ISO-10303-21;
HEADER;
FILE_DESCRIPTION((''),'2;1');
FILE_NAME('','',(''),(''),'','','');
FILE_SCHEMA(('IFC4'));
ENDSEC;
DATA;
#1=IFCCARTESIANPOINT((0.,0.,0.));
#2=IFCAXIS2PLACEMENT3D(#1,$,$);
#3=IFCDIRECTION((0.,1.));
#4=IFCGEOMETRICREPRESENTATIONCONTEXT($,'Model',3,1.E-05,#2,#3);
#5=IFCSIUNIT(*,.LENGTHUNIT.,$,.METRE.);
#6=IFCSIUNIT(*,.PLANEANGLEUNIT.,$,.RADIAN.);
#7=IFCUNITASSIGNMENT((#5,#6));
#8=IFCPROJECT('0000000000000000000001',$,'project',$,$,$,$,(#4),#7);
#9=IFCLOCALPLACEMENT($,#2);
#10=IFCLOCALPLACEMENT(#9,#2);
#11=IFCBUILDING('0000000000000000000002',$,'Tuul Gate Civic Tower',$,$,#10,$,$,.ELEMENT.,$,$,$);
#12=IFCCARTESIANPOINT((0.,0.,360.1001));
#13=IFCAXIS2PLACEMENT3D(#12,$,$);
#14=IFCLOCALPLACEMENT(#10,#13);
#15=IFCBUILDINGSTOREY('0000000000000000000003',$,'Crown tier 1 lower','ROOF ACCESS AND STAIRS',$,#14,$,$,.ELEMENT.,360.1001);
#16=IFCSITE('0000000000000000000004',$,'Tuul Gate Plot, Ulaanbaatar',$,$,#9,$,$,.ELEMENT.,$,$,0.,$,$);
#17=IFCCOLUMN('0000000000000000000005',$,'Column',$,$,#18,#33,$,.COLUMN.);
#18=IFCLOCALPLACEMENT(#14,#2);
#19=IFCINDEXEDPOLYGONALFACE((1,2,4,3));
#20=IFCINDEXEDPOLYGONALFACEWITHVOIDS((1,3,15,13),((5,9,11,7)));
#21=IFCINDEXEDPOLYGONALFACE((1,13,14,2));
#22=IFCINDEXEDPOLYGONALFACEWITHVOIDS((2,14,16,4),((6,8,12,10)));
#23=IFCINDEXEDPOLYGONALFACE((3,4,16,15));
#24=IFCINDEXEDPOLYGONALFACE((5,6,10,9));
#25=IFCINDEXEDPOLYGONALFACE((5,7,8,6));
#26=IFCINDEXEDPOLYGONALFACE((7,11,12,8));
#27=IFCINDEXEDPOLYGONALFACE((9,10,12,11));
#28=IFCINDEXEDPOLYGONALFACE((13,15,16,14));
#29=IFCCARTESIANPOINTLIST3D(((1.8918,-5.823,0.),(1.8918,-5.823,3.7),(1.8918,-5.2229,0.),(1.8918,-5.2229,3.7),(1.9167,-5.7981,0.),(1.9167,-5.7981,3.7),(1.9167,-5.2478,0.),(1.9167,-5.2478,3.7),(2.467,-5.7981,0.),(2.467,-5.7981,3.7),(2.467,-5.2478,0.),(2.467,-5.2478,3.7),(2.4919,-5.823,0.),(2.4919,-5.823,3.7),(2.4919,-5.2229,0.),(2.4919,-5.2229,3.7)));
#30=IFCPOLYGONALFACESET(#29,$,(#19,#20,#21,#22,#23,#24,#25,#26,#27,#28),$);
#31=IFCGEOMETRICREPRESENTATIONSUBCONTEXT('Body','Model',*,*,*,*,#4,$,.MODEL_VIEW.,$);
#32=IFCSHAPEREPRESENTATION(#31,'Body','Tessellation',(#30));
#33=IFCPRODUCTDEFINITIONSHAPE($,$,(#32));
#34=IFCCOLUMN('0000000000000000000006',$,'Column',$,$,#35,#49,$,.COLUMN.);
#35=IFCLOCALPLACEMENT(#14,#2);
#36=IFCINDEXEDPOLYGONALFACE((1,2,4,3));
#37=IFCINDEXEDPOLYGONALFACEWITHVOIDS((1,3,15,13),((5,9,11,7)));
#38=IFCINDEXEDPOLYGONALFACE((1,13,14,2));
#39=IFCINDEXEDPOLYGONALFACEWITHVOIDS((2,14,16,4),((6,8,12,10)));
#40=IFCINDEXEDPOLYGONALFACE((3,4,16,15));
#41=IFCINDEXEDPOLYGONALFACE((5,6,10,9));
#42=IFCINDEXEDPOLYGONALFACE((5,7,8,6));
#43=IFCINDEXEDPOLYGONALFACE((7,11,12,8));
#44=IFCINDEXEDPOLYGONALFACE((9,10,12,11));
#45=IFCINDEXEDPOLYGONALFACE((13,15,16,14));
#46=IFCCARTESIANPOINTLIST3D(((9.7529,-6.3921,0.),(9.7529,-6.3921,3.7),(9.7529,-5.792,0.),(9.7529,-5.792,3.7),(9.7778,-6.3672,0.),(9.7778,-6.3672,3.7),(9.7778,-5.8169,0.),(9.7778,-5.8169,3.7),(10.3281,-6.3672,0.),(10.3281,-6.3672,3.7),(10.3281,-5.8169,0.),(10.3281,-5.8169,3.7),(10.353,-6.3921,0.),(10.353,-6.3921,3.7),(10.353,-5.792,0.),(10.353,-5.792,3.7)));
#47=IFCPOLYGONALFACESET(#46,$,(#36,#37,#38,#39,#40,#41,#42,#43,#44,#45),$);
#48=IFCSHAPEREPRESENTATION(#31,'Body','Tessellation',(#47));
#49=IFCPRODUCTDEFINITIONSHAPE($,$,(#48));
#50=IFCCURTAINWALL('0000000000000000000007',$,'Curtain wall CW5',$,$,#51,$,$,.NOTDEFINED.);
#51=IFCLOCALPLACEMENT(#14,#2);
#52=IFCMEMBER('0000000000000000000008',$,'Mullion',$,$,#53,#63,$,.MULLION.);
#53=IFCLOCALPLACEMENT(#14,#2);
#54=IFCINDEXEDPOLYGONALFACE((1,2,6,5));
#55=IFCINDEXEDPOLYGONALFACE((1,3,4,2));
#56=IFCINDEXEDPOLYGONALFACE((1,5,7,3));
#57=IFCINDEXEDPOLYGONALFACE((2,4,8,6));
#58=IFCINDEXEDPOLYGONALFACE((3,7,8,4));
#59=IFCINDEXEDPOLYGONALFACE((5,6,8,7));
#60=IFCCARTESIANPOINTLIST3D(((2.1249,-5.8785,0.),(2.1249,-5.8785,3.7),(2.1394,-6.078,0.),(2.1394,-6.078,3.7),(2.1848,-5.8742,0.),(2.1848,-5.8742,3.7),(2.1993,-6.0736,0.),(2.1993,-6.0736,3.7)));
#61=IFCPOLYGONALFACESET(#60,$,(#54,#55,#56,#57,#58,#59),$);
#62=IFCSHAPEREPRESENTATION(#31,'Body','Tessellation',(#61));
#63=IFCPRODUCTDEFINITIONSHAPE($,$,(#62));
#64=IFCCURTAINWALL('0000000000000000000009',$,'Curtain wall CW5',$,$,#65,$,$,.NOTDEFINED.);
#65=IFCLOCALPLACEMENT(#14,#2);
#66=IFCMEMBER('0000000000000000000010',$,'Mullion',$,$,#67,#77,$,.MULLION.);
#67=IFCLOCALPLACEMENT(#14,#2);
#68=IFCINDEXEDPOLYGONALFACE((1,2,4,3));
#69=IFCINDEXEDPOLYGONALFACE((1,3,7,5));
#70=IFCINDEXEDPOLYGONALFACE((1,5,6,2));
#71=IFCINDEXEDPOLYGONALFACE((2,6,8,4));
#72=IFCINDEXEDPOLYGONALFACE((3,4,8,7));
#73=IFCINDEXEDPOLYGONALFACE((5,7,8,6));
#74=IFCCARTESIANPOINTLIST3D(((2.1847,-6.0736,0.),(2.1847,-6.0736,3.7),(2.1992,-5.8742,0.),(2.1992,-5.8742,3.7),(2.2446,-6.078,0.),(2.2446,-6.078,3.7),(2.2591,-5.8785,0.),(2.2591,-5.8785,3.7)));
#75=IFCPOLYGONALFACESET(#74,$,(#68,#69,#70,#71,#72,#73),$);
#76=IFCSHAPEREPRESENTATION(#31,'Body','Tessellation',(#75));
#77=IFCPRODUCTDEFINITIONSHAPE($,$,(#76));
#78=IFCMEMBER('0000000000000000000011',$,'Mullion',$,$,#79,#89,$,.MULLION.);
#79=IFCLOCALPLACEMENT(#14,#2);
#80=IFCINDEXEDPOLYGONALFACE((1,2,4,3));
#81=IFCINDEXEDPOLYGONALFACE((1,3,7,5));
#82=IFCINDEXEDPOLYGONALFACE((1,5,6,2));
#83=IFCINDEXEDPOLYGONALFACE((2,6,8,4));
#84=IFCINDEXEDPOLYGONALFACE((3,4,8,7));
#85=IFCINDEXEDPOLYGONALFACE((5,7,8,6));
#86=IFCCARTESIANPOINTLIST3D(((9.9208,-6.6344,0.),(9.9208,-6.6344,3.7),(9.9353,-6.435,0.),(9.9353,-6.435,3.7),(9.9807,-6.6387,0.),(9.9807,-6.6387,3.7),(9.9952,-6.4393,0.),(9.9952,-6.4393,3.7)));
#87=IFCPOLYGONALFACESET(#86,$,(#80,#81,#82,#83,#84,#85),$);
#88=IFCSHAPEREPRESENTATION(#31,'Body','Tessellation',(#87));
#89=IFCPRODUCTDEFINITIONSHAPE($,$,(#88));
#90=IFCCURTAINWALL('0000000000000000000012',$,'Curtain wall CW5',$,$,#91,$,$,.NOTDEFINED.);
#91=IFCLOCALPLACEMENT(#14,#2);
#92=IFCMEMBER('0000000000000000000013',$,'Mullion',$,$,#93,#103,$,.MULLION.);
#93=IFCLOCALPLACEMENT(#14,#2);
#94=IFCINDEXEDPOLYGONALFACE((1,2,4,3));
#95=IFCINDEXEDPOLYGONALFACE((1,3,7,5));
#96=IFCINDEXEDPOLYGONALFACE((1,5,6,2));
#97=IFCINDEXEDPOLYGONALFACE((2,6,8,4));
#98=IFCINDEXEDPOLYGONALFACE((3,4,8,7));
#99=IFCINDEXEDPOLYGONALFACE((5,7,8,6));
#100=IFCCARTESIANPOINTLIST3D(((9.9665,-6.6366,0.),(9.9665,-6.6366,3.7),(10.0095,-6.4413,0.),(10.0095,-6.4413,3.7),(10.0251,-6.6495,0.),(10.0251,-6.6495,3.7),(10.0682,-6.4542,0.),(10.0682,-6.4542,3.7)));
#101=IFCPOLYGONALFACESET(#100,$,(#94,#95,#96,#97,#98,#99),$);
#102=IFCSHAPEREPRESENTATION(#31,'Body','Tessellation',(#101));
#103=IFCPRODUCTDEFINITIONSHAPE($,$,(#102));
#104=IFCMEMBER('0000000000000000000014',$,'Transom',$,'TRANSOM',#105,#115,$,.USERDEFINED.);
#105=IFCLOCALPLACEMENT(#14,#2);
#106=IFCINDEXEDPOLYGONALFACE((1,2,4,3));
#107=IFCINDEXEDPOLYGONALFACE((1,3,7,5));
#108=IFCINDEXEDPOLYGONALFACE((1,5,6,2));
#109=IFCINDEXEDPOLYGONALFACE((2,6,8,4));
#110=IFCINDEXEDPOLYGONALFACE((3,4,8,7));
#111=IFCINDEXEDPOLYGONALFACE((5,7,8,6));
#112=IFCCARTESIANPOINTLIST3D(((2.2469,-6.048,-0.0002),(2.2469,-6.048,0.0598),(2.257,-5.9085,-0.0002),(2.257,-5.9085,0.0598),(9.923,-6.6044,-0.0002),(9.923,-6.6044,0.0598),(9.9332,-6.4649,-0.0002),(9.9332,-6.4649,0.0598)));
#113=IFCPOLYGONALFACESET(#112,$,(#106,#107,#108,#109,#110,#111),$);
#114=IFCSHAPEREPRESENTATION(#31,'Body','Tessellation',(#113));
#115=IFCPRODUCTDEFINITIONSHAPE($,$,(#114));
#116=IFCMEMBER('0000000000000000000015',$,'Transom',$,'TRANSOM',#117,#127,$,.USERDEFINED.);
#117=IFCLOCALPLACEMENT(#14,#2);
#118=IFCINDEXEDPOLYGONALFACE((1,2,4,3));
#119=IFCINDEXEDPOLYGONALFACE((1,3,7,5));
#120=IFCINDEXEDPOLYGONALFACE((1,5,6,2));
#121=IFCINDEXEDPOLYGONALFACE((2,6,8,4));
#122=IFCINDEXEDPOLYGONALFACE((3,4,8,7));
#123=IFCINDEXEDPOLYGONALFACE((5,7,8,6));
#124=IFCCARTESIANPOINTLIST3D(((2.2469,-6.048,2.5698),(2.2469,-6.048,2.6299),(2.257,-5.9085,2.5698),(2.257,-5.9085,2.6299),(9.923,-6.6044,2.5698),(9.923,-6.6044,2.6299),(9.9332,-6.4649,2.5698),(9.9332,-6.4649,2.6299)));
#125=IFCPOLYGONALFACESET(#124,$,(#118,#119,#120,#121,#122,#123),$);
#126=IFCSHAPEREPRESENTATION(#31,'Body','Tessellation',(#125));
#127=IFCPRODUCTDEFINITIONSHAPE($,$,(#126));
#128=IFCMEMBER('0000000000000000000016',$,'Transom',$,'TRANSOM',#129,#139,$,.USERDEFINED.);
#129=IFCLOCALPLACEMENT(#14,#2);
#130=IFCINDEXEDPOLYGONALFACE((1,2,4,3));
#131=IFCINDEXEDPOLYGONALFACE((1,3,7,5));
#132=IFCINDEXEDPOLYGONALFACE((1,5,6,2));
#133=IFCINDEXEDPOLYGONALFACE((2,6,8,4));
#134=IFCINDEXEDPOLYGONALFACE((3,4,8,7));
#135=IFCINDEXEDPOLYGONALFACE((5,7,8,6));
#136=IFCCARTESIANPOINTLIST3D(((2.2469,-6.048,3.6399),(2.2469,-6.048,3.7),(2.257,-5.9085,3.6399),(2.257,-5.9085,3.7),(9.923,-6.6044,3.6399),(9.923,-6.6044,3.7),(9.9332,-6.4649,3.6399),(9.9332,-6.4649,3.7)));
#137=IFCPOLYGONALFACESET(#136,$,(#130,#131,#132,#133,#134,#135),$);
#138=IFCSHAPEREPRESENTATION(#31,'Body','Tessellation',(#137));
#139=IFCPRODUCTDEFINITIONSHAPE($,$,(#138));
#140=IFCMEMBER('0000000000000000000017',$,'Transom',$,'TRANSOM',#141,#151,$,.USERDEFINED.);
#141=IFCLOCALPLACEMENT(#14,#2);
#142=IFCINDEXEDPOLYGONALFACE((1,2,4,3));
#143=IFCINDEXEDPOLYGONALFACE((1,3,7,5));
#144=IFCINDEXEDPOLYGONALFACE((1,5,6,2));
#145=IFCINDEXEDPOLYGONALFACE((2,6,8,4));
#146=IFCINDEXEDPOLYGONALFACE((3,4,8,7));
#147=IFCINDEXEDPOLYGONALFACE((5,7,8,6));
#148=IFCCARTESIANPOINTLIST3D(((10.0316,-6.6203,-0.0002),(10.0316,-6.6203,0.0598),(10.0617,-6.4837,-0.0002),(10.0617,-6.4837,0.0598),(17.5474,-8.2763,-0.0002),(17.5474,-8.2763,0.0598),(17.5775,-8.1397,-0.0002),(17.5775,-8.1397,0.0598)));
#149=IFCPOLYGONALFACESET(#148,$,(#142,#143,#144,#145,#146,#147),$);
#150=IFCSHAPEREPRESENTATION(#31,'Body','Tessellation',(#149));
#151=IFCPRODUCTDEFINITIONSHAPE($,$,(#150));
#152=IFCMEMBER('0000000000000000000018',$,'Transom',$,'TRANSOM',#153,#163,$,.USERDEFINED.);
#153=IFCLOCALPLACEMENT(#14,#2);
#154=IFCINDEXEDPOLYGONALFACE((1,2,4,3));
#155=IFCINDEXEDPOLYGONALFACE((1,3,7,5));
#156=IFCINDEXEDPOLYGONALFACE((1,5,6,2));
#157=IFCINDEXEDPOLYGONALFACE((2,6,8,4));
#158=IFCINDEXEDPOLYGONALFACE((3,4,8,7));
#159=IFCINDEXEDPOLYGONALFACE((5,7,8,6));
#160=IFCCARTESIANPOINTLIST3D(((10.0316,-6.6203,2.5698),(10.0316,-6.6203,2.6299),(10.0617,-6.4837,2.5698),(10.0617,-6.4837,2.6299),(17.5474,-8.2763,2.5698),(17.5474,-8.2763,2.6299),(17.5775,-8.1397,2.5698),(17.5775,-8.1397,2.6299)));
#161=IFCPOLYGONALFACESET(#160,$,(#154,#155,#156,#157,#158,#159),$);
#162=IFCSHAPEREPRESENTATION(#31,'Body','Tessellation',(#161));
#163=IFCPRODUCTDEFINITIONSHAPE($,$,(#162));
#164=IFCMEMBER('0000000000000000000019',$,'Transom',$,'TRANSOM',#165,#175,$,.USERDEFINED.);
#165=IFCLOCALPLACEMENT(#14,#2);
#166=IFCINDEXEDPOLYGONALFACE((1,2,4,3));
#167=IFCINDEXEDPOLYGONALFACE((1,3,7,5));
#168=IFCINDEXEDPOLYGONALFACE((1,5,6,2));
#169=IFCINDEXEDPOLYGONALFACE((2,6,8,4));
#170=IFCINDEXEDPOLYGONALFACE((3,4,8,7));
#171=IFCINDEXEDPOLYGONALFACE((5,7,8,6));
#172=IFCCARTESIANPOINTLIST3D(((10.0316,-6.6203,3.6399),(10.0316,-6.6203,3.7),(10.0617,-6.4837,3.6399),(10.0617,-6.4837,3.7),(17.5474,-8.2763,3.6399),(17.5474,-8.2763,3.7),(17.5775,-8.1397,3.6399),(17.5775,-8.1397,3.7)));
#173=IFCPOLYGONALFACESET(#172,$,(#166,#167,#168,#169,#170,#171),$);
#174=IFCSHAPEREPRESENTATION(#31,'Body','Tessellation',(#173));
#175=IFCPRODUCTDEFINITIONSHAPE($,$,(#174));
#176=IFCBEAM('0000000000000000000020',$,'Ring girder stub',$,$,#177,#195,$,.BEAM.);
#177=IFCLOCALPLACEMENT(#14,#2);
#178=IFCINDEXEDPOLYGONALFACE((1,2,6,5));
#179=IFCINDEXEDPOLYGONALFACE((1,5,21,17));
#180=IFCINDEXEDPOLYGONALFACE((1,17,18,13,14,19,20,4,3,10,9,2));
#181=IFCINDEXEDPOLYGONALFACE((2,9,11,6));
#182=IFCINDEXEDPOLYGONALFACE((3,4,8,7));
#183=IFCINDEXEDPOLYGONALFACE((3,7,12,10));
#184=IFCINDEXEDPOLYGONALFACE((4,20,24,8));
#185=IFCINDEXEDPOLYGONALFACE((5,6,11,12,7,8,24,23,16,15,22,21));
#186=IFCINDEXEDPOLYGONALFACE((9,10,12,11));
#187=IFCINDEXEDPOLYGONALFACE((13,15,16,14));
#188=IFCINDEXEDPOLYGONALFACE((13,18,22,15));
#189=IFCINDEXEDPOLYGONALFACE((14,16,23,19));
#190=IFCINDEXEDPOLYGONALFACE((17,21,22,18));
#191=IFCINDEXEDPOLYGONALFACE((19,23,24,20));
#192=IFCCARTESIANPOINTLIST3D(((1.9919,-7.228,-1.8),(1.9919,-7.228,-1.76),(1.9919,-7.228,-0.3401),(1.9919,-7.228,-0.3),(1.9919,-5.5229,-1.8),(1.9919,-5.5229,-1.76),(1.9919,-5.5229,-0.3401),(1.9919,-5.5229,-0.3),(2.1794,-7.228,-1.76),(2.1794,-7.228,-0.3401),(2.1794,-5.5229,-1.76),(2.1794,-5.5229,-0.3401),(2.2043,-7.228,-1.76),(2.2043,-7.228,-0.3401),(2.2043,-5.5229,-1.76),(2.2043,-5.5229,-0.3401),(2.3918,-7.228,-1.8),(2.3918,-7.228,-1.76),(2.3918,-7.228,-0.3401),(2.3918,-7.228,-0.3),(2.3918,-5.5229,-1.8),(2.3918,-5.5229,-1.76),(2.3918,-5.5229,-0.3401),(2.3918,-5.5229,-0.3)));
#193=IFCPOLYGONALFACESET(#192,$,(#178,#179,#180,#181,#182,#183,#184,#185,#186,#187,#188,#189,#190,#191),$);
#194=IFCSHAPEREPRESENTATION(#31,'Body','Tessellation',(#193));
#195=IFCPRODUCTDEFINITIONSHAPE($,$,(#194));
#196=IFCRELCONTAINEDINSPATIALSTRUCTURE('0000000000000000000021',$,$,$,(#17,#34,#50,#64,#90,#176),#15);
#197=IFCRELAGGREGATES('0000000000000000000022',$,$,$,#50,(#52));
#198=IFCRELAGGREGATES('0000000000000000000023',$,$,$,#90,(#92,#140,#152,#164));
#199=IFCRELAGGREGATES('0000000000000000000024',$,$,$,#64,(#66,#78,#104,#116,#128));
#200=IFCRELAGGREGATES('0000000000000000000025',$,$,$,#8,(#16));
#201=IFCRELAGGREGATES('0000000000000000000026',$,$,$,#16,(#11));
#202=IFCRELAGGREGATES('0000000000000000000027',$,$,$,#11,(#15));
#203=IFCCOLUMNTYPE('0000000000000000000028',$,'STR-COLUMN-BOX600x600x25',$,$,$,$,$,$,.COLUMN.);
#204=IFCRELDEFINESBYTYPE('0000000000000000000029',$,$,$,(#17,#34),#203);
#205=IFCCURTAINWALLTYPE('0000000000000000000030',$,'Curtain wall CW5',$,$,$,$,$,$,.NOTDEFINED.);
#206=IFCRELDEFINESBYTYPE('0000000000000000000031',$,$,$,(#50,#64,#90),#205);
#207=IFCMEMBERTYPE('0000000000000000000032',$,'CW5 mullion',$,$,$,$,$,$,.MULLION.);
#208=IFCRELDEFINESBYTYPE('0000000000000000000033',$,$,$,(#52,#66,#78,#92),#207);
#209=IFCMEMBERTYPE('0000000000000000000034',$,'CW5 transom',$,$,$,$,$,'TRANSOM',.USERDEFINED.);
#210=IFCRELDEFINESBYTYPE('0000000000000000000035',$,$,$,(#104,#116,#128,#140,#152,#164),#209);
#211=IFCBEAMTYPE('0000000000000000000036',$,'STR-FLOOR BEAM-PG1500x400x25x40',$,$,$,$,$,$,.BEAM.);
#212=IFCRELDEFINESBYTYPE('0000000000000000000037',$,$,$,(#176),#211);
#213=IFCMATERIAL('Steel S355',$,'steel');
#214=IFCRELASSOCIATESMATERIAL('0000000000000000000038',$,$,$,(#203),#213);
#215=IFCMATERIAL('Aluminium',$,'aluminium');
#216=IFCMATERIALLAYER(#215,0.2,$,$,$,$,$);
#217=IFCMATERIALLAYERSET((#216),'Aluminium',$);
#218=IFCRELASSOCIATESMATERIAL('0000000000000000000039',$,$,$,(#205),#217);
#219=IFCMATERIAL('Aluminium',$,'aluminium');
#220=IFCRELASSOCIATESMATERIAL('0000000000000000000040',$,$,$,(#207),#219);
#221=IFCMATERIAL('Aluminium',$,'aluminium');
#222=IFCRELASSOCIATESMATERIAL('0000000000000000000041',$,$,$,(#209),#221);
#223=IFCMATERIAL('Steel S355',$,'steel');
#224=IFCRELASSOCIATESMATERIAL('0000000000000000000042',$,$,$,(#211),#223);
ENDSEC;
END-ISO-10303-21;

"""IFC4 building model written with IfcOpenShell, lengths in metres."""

from ifc_helpers import new_model, si_unit, direction, frame, origin, origin_2d, place, context, subcontext, project, spatial, rectangle, hollow_rectangle, i_section, extrude, material, layer, layer_set, material_profile, profile_set, type_object, element, aggregate, save


model = new_model("IFC4")

# Units and contexts
model_context = context("Model", 3, precision=1e-05, world=origin(), true_north=direction((0.0, 1.0)))
body_context = subcontext(model_context, "Body", "Model", "MODEL_VIEW")
ifc_project = project(units=[si_unit("LENGTHUNIT", "METRE"), si_unit("PLANEANGLEUNIT", "RADIAN")], contexts=[model_context])

# Site, building, storey
site_placement = place(None, origin())
site = spatial("IfcSite", under=ifc_project, at=site_placement, Name="Tuul Gate Plot, Ulaanbaatar", CompositionType="ELEMENT", RefElevation=0.0)
building_placement = place(site_placement, origin())
building = spatial("IfcBuilding", under=site, at=building_placement, Name="Tuul Gate Civic Tower", CompositionType="ELEMENT")
storey_placement = place(building_placement, frame((0.0, 0.0, 360.1001)))
storey = spatial("IfcBuildingStorey", under=building, at=storey_placement, Name="Crown tier 1 lower", Description="ROOF ACCESS AND STAIRS", CompositionType="ELEMENT", Elevation=360.1001)

# Columns
ifc_material_1 = material(Name="Steel S355", Category="steel")
ifc_material_profile_1 = material_profile(ifc_material_1, hollow_rectangle(XDim=0.6001, YDim=0.6001, WallThickness=0.0249, at=origin_2d()), Name="BOX600x600x25")
ifc_profile_set_1 = profile_set([ifc_material_profile_1], Name="Steel S355")
column_type = type_object("IfcColumnType", Name="STR-COLUMN-BOX600x600x25", PredefinedType="COLUMN", material=ifc_profile_set_1)
for number, where, z_axis, x_axis, name in (
    (1, (2.1919, -5.5229, 0.0), (0.0, 0.0, 1.0), (1.0, 0.0, 0.0), "Column"),
    (2, (10.053, -6.092, 0.0), (0.0, 0.0, 1.0), (1.0, 0.0, 0.0), "Column"),
):
    element("IfcColumn", number, at=place(storey_placement, frame(where, z_axis=z_axis, x_axis=x_axis)), inside=storey, type_object=column_type, Name=name, PredefinedType="COLUMN", context=body_context, shape_type="SweptSolid", body=[
        extrude(hollow_rectangle(XDim=0.6001, YDim=0.6001, WallThickness=0.0249, at=origin_2d()), origin(), (0.0, 0.0, 1.0), 3.7),
    ])

# Curtain wall, member
ifc_material_2 = material(Name="Aluminium", Category="aluminium")
ifc_layer_1 = layer(ifc_material_2, 0.2)
ifc_layer_set_1 = layer_set([ifc_layer_1], Name="Aluminium")
curtain_wall_type = type_object("IfcCurtainWallType", Name="Curtain wall CW5", PredefinedType="NOTDEFINED", material=ifc_layer_set_1)
curtain_wall_1_placement = place(storey_placement, origin())
curtain_wall_1 = element("IfcCurtainWall", 3, at=curtain_wall_1_placement, inside=storey, type_object=curtain_wall_type, Name="Curtain wall CW5", PredefinedType="NOTDEFINED")
ifc_material_3 = material(Name="Aluminium", Category="aluminium")
ifc_material_profile_2 = material_profile(ifc_material_3, rectangle(XDim=0.2, YDim=0.0601, at=origin_2d()), Name="CW5 mullion")
ifc_profile_set_2 = profile_set([ifc_material_profile_2], Name="Aluminium")
member_type_1 = type_object("IfcMemberType", Name="CW5 mullion", PredefinedType="MULLION", material=ifc_profile_set_2)
member_1_placement = place(storey_placement, frame((2.1621, -5.9761, 0.0), z_axis=(0.0, 0.0, 1.0), x_axis=(-0.072283, 0.997384, 0.0)))
member_1 = element("IfcMember", 4, at=member_1_placement, type_object=member_type_1, Name="Mullion", PredefinedType="MULLION", context=body_context, shape_type="SweptSolid", body=[
    extrude(rectangle(XDim=0.2, YDim=0.0601, at=origin_2d()), origin(), (0.0, 0.0, 1.0), 3.7),
])
aggregate(curtain_wall_1, [member_1])

# Curtain wall, members
curtain_wall_2_placement = place(storey_placement, origin())
curtain_wall_2 = element("IfcCurtainWall", 5, at=curtain_wall_2_placement, inside=storey, type_object=curtain_wall_type, Name="Curtain wall CW5", PredefinedType="NOTDEFINED")
member_2_placement = place(storey_placement, frame((2.2219, -5.9761, 0.0), z_axis=(0.0, 0.0, 1.0), x_axis=(0.072283, 0.997384, 0.0)))
member_2 = element("IfcMember", 6, at=member_2_placement, type_object=member_type_1, Name="Mullion", PredefinedType="MULLION", context=body_context, shape_type="SweptSolid", body=[
    extrude(rectangle(XDim=0.2, YDim=0.0601, at=origin_2d()), origin(), (0.0, 0.0, 1.0), 3.7),
])
member_3_placement = place(storey_placement, frame((9.958, -6.5369, 0.0), z_axis=(0.0, 0.0, 1.0), x_axis=(0.072283, 0.997384, 0.0)))
member_3 = element("IfcMember", 7, at=member_3_placement, type_object=member_type_1, Name="Mullion", PredefinedType="MULLION", context=body_context, shape_type="SweptSolid", body=[
    extrude(rectangle(XDim=0.2, YDim=0.0601, at=origin_2d()), origin(), (0.0, 0.0, 1.0), 3.7),
])

# Curtain wall, member
curtain_wall_3_placement = place(storey_placement, origin())
curtain_wall_3 = element("IfcCurtainWall", 8, at=curtain_wall_3_placement, inside=storey, type_object=curtain_wall_type, Name="Curtain wall CW5", PredefinedType="NOTDEFINED")
member_4_placement = place(storey_placement, frame((10.0173, -6.5454, 0.0), z_axis=(0.0, 0.0, 1.0), x_axis=(0.215196, 0.976571, 0.0)))
member_4 = element("IfcMember", 9, at=member_4_placement, type_object=member_type_1, Name="Mullion", PredefinedType="MULLION", context=body_context, shape_type="SweptSolid", body=[
    extrude(rectangle(XDim=0.2, YDim=0.0601, at=origin_2d()), origin(), (0.0, 0.0, 1.0), 3.7),
])

# Members
ifc_material_4 = material(Name="Aluminium", Category="aluminium")
ifc_material_profile_3 = material_profile(ifc_material_4, rectangle(XDim=0.1399, YDim=0.0601, at=origin_2d()), Name="CW5 transom")
ifc_profile_set_3 = profile_set([ifc_material_profile_3], Name="Aluminium")
member_type_2 = type_object("IfcMemberType", Name="CW5 transom", ElementType="TRANSOM", PredefinedType="USERDEFINED", material=ifc_profile_set_3)
member_5_placement = place(storey_placement, frame((2.252, -5.9783, 0.0298), z_axis=(0.997383, -0.072293, 0.0), x_axis=(0.072293, 0.997383, 0.0)))
member_5 = element("IfcMember", 10, at=member_5_placement, type_object=member_type_2, Name="Transom", ObjectType="TRANSOM", PredefinedType="USERDEFINED", context=body_context, shape_type="SweptSolid", body=[
    extrude(rectangle(XDim=0.1399, YDim=0.0601, at=origin_2d()), origin(), (0.0, 0.0, 1.0), 7.6963),
])
member_6_placement = place(storey_placement, frame((2.252, -5.9783, 2.5999), z_axis=(0.997383, -0.072293, 0.0), x_axis=(0.072293, 0.997383, 0.0)))
member_6 = element("IfcMember", 11, at=member_6_placement, type_object=member_type_2, Name="Transom", ObjectType="TRANSOM", PredefinedType="USERDEFINED", context=body_context, shape_type="SweptSolid", body=[
    extrude(rectangle(XDim=0.1399, YDim=0.0601, at=origin_2d()), origin(), (0.0, 0.0, 1.0), 7.6963),
])
member_7_placement = place(storey_placement, frame((2.252, -5.9783, 3.6699), z_axis=(0.997383, -0.072293, 0.0), x_axis=(0.072293, 0.997383, 0.0)))
member_7 = element("IfcMember", 12, at=member_7_placement, type_object=member_type_2, Name="Transom", ObjectType="TRANSOM", PredefinedType="USERDEFINED", context=body_context, shape_type="SweptSolid", body=[
    extrude(rectangle(XDim=0.1399, YDim=0.0601, at=origin_2d()), origin(), (0.0, 0.0, 1.0), 7.6963),
])
member_8_placement = place(storey_placement, frame((10.0466, -6.552, 0.0298), z_axis=(0.976576, -0.215173, 0.0), x_axis=(0.215173, 0.976576, 0.0)))
member_8 = element("IfcMember", 13, at=member_8_placement, type_object=member_type_2, Name="Transom", ObjectType="TRANSOM", PredefinedType="USERDEFINED", context=body_context, shape_type="SweptSolid", body=[
    extrude(rectangle(XDim=0.1399, YDim=0.0601, at=origin_2d()), origin(), (0.0, 0.0, 1.0), 7.696),
])
member_9_placement = place(storey_placement, frame((10.0466, -6.552, 2.5999), z_axis=(0.976576, -0.215173, 0.0), x_axis=(0.215173, 0.976576, 0.0)))
member_9 = element("IfcMember", 14, at=member_9_placement, type_object=member_type_2, Name="Transom", ObjectType="TRANSOM", PredefinedType="USERDEFINED", context=body_context, shape_type="SweptSolid", body=[
    extrude(rectangle(XDim=0.1399, YDim=0.0601, at=origin_2d()), origin(), (0.0, 0.0, 1.0), 7.696),
])
member_10_placement = place(storey_placement, frame((10.0466, -6.552, 3.6699), z_axis=(0.976576, -0.215173, 0.0), x_axis=(0.215173, 0.976576, 0.0)))
member_10 = element("IfcMember", 15, at=member_10_placement, type_object=member_type_2, Name="Transom", ObjectType="TRANSOM", PredefinedType="USERDEFINED", context=body_context, shape_type="SweptSolid", body=[
    extrude(rectangle(XDim=0.1399, YDim=0.0601, at=origin_2d()), origin(), (0.0, 0.0, 1.0), 7.696),
])
aggregate(curtain_wall_3, [member_4, member_8, member_9, member_10])

# Beam
ifc_material_5 = material(Name="Steel S355", Category="steel")
ifc_material_profile_4 = material_profile(ifc_material_5, i_section(OverallWidth=0.3999, OverallDepth=1.5, WebThickness=0.0249, FlangeThickness=0.04, at=origin_2d()), Name="PG1500x400x25x40")
ifc_profile_set_4 = profile_set([ifc_material_profile_4], Name="Steel S355")
beam_type_1 = type_object("IfcBeamType", Name="STR-FLOOR BEAM-PG1500x400x25x40", PredefinedType="BEAM", material=ifc_profile_set_4)
beam_1_placement = place(storey_placement, frame((2.1919, -7.228, -1.05), z_axis=(0.0, 1.0, 0.0), x_axis=(-1.0, 0.0, 0.0)))
element("IfcBeam", 16, at=beam_1_placement, inside=storey, type_object=beam_type_1, Name="Ring girder stub", PredefinedType="BEAM", context=body_context, shape_type="SweptSolid", body=[
    extrude(i_section(OverallWidth=0.3999, OverallDepth=1.5, WebThickness=0.0249, FlangeThickness=0.04, at=origin_2d()), origin(), (0.0, 0.0, 1.0), 1.7051),
])

aggregate(curtain_wall_2, [member_2, member_3, member_5, member_6, member_7])

save(model, "model.ifc")
